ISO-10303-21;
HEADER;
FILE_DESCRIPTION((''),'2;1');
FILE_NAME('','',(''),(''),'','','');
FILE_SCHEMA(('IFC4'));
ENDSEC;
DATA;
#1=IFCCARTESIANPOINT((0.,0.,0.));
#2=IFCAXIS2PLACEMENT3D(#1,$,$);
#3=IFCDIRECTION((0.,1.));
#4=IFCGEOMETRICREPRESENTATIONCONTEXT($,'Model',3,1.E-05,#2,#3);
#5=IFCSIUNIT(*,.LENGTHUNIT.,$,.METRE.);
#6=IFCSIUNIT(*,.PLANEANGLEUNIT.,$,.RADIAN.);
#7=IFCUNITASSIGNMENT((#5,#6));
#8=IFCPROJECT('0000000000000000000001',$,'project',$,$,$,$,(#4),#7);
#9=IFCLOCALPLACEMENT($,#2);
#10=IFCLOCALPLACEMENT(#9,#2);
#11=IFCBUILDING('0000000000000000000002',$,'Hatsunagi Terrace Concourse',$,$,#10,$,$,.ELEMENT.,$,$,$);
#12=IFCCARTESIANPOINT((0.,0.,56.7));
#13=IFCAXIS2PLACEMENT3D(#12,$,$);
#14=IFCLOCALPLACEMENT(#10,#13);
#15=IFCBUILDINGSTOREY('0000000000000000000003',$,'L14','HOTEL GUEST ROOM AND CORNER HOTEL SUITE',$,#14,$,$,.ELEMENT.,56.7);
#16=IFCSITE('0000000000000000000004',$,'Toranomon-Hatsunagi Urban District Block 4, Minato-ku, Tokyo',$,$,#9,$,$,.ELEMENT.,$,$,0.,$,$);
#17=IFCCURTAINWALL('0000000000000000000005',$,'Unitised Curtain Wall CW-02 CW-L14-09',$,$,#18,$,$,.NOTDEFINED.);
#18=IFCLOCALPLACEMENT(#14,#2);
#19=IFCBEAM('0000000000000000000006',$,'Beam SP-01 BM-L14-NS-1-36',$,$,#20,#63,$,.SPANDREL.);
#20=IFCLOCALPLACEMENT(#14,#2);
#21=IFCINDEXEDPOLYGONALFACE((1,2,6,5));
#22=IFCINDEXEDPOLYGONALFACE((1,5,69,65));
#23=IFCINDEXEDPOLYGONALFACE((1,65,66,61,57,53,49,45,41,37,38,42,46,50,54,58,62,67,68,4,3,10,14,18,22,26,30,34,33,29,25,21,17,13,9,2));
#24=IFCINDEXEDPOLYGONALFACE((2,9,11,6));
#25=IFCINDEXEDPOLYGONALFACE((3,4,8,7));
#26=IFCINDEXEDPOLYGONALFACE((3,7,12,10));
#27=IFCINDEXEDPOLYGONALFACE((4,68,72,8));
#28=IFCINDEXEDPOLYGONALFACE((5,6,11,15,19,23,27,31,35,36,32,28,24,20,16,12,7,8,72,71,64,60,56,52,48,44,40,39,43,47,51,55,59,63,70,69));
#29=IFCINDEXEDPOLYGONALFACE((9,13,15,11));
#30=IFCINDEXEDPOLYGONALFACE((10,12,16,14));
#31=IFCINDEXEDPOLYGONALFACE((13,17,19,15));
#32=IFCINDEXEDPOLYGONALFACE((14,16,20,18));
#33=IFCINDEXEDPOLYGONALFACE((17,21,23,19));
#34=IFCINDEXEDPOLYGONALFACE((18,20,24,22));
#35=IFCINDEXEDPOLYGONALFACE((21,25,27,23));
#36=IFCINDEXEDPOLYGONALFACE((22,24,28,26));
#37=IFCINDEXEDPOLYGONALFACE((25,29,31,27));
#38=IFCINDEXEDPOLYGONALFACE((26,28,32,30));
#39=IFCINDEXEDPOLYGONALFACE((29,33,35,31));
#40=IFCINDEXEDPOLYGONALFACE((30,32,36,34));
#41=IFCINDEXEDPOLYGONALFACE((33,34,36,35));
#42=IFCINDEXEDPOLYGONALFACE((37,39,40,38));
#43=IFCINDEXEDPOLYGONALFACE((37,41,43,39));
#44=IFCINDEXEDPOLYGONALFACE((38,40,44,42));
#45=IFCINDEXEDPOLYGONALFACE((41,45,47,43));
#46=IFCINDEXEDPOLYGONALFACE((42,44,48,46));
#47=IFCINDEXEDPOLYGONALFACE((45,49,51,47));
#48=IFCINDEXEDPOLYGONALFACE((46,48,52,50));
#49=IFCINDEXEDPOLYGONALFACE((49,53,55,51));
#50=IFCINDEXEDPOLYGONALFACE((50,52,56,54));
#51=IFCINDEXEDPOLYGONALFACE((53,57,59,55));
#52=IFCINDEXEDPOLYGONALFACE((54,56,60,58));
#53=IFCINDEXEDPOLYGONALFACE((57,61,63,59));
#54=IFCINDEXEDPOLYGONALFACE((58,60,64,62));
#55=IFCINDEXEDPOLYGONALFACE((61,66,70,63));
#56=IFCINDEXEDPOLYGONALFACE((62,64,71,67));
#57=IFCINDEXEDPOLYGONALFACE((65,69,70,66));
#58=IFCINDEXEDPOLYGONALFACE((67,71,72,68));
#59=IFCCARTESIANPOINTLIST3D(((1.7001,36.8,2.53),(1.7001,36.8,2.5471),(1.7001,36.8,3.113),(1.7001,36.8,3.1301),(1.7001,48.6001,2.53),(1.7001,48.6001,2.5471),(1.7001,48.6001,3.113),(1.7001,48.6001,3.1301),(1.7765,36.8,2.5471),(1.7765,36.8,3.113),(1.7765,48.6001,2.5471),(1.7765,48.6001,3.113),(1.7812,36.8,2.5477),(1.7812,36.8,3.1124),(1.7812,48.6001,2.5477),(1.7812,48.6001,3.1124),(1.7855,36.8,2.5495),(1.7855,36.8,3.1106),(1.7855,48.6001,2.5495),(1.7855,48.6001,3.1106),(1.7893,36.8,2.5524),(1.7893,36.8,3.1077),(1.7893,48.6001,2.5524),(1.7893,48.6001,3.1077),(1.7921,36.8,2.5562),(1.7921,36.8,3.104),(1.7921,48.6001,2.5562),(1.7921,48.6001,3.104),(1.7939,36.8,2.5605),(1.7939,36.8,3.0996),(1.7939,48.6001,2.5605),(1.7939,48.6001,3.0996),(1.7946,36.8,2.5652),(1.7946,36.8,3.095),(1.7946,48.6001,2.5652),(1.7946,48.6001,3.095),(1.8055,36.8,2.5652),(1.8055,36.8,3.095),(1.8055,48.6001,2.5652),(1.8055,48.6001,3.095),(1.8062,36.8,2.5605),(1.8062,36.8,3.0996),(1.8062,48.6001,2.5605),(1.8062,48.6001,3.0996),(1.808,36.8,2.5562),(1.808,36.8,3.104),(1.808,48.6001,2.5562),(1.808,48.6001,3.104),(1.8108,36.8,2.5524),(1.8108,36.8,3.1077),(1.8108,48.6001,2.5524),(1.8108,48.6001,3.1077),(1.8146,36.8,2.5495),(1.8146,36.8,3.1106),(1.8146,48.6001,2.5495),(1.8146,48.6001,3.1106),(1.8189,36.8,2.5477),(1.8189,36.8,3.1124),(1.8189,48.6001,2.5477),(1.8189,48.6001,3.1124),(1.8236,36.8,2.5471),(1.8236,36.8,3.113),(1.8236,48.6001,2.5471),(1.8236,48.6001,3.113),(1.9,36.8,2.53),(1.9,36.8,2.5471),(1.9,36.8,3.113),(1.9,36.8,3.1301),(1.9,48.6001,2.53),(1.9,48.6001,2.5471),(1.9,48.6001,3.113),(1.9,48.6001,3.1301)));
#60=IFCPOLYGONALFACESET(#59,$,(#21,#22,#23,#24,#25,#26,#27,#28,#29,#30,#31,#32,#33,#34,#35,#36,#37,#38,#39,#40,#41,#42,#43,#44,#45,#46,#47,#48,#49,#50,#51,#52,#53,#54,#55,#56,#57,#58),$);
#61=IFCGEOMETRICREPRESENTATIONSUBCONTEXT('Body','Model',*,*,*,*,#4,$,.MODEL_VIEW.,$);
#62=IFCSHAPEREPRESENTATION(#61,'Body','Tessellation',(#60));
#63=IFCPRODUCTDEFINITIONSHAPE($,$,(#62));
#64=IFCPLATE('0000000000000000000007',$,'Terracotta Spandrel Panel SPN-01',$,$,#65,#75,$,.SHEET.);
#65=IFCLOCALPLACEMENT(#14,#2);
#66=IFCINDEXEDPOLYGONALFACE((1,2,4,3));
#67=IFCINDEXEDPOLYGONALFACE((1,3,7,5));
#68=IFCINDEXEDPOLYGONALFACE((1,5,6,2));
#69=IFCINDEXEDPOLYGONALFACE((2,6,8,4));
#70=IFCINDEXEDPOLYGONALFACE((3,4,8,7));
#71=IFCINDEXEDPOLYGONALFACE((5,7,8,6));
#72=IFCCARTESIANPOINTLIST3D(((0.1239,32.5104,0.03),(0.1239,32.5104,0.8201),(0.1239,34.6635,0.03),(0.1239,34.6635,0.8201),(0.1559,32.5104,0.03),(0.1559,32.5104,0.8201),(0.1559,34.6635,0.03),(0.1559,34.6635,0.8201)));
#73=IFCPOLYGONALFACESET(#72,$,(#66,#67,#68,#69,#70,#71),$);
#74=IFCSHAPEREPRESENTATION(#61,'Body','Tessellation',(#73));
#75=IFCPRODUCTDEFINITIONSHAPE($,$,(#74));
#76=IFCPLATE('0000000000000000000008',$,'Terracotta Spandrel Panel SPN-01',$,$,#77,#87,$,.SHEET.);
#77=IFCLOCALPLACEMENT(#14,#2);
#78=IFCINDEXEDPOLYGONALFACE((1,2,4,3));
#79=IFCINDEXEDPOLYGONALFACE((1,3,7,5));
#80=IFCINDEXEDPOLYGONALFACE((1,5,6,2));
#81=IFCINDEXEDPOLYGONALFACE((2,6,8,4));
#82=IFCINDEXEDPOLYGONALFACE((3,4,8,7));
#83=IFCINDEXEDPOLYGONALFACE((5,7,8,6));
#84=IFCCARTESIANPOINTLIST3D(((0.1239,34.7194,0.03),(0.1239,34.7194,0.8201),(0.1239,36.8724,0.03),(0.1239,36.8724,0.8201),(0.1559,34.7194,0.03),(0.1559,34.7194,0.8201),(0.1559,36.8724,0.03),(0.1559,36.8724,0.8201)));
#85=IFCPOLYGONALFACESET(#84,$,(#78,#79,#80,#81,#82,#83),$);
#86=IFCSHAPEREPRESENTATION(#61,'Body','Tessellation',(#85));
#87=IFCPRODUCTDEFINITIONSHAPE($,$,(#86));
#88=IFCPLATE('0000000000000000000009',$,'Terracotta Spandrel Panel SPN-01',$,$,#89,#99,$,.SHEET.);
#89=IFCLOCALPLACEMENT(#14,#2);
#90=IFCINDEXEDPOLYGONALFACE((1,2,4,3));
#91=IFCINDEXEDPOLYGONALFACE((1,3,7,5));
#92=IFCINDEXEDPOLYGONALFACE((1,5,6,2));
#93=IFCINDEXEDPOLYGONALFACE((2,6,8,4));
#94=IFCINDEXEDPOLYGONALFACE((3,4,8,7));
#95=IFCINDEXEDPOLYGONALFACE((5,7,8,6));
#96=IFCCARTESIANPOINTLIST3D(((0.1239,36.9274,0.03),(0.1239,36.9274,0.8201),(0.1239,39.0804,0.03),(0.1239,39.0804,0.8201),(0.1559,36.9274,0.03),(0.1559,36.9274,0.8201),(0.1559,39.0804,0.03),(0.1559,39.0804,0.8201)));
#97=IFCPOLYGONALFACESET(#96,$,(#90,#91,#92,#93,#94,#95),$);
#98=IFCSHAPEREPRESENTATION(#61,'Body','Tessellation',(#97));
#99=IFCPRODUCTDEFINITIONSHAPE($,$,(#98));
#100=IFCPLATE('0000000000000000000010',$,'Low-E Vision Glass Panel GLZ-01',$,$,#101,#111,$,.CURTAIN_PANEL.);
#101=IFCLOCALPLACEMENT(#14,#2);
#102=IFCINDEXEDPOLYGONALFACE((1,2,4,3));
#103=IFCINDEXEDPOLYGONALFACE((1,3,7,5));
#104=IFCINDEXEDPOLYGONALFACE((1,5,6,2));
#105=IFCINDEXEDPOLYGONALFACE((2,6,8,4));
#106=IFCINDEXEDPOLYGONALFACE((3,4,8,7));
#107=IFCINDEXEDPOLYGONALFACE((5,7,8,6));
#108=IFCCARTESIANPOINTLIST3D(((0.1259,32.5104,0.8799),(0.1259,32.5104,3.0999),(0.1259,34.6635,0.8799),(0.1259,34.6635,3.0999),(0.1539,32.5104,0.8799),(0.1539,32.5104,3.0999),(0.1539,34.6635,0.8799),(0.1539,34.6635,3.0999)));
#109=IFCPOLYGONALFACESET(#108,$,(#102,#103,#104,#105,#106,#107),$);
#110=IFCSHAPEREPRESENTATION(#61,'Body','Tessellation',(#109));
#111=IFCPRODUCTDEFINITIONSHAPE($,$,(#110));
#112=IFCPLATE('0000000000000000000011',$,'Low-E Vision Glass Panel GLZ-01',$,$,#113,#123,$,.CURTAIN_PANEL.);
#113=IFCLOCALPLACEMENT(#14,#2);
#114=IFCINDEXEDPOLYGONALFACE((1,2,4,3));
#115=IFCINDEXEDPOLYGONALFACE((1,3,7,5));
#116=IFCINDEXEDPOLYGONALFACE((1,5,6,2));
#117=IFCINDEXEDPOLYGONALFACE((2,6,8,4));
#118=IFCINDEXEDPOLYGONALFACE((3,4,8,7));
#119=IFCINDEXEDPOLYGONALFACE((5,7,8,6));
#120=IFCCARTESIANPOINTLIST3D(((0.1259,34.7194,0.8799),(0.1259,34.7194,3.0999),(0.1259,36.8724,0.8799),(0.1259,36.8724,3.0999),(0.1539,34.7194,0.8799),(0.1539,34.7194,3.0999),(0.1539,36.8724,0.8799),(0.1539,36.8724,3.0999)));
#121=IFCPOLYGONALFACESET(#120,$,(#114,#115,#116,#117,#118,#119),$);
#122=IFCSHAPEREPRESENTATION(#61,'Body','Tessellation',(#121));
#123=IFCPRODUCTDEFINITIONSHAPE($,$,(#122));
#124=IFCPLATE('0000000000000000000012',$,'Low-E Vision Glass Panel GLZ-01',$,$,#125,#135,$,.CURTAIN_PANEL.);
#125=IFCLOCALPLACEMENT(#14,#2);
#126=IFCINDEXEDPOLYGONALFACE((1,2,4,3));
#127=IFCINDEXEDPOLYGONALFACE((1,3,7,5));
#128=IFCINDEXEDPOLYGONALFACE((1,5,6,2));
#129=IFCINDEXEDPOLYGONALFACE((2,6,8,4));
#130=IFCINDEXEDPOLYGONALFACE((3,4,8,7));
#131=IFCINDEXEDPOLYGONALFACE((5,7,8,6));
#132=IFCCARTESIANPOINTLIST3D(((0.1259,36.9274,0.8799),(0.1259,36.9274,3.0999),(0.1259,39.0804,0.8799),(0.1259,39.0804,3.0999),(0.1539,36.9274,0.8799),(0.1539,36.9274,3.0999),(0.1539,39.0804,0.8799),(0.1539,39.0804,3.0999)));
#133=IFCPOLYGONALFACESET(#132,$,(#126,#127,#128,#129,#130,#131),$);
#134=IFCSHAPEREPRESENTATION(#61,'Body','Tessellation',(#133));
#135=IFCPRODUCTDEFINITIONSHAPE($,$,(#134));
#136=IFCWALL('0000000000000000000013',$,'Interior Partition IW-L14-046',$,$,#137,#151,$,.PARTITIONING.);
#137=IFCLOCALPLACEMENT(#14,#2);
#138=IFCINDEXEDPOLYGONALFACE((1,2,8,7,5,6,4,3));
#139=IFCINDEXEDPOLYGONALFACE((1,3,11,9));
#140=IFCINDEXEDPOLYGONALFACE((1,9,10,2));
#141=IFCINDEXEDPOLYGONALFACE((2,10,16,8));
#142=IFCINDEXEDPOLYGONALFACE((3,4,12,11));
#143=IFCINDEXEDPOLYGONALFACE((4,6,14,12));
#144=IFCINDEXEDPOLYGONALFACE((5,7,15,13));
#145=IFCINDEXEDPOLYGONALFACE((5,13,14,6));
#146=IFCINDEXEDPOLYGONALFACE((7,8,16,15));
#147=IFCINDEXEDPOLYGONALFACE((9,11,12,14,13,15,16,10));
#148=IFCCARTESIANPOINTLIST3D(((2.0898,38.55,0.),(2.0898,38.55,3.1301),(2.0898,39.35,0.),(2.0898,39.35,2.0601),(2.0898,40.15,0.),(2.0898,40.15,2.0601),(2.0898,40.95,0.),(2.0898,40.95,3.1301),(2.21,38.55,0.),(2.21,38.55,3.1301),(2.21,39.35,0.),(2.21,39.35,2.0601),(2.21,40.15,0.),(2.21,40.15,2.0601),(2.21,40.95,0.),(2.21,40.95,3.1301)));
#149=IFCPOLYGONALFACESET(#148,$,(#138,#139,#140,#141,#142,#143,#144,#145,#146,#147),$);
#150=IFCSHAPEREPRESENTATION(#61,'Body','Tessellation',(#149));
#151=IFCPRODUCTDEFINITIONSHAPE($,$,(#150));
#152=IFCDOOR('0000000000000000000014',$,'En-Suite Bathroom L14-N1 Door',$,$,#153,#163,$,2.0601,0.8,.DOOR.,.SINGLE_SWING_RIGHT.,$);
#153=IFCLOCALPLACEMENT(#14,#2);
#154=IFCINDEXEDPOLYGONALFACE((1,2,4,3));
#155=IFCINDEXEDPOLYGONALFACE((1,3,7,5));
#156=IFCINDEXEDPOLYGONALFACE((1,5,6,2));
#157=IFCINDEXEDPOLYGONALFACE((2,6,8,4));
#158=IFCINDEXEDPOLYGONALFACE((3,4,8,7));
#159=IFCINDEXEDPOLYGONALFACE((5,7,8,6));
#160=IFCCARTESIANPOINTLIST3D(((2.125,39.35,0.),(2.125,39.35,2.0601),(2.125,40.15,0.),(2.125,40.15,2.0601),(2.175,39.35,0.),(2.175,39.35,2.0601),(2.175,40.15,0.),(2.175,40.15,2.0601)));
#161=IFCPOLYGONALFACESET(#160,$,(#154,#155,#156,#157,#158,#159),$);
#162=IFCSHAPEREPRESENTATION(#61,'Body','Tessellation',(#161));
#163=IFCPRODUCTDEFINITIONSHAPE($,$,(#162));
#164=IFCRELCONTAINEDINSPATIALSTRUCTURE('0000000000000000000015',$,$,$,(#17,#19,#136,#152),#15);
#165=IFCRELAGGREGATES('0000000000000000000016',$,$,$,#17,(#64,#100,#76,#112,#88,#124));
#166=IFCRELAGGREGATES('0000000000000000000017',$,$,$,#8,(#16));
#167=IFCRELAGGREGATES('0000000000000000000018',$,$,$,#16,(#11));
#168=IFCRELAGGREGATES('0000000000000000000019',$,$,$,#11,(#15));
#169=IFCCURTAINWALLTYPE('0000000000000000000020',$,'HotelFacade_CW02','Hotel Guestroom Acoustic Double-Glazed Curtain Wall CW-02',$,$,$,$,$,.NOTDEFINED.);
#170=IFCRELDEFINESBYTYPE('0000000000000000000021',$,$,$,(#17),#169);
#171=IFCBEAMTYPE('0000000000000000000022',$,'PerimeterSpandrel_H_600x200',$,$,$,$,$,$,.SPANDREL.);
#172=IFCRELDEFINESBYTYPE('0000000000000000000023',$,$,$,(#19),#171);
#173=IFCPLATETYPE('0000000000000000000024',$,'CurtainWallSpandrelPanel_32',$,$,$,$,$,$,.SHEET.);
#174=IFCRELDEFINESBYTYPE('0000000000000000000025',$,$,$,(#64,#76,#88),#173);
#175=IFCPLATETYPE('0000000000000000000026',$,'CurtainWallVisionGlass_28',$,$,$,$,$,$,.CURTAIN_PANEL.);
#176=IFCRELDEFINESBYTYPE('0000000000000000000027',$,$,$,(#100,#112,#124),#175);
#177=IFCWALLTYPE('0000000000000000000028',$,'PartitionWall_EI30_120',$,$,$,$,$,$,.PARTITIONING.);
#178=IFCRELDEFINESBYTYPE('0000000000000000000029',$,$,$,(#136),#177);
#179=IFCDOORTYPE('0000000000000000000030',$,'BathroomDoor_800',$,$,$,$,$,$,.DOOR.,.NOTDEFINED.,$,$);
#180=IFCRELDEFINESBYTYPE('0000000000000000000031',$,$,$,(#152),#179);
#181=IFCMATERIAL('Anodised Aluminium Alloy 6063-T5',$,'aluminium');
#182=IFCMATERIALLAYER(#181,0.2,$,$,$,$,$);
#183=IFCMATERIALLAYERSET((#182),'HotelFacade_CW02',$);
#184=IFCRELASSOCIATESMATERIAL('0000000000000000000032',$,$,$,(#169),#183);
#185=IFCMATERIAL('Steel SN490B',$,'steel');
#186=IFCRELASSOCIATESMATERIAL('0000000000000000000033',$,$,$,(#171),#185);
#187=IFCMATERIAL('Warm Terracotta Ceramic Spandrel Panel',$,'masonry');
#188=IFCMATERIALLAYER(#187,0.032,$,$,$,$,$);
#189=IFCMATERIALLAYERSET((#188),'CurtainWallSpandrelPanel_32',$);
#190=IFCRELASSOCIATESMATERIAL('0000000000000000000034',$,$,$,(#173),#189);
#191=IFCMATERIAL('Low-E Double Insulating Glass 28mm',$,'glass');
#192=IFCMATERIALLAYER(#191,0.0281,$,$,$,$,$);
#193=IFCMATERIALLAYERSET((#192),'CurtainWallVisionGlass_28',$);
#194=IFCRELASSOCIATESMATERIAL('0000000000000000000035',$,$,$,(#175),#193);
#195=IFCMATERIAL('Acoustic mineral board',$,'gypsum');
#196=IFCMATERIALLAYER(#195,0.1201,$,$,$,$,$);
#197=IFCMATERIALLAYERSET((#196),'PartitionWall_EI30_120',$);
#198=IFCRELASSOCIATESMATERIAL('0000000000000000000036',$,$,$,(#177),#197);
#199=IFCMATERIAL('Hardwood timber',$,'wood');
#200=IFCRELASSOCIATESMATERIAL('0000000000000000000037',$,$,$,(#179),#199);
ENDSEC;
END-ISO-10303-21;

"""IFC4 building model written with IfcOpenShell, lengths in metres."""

from ifc_helpers import new_model, si_unit, direction, frame, frame_2d, origin, origin_2d, place, context, subcontext, project, spatial, rectangle, i_section, extrude, material, layer, layer_set, material_profile, profile_set, type_object, element, fill, aggregate, save


model = new_model("IFC4")

# Units and contexts
model_context = context("Model", 3, precision=1e-05, world=origin(), true_north=direction((0.0, 1.0)))
body_context = subcontext(model_context, "Body", "Model", "MODEL_VIEW")
ifc_project = project(units=[si_unit("LENGTHUNIT", "METRE"), si_unit("PLANEANGLEUNIT", "RADIAN")], contexts=[model_context])

# Site, building, storey
site_placement = place(None, origin())
site = spatial("IfcSite", under=ifc_project, at=site_placement, Name="Toranomon-Hatsunagi Urban District Block 4, Minato-ku, Tokyo", CompositionType="ELEMENT", RefElevation=0.0)
building_placement = place(site_placement, origin())
building = spatial("IfcBuilding", under=site, at=building_placement, Name="Hatsunagi Terrace Concourse", CompositionType="ELEMENT")
storey_placement = place(building_placement, frame((0.0, 0.0, 56.7)))
storey = spatial("IfcBuildingStorey", under=building, at=storey_placement, Name="L14", Description="HOTEL GUEST ROOM AND CORNER HOTEL SUITE", CompositionType="ELEMENT", Elevation=56.7)

# Curtain wall
ifc_material_1 = material(Name="Anodised Aluminium Alloy 6063-T5", Category="aluminium")
ifc_layer_1 = layer(ifc_material_1, 0.2)
ifc_layer_set_1 = layer_set([ifc_layer_1], Name="HotelFacade_CW02")
curtain_wall_type = type_object("IfcCurtainWallType", Name="HotelFacade_CW02", Description="Hotel Guestroom Acoustic Double-Glazed Curtain Wall CW-02", PredefinedType="NOTDEFINED", material=ifc_layer_set_1)
curtain_wall_placement = place(storey_placement, origin())
curtain_wall = element("IfcCurtainWall", 1, at=curtain_wall_placement, inside=storey, type_object=curtain_wall_type, Name="Unitised Curtain Wall CW-02 CW-L14-09", PredefinedType="NOTDEFINED")

# Beam
ifc_material_2 = material(Name="Steel SN490B", Category="steel")
ifc_material_profile_1 = material_profile(ifc_material_2, i_section(OverallWidth=0.2, OverallDepth=0.6001, WebThickness=0.011, FlangeThickness=0.0171, FilletRadius=0.0181, at=origin_2d()), Name="H-600x200x11x17")
ifc_profile_set_1 = profile_set([ifc_material_profile_1], Name="Steel SN490B")
beam_type_1 = type_object("IfcBeamType", Name="PerimeterSpandrel_H_600x200", PredefinedType="SPANDREL", material=ifc_profile_set_1)
beam_1_placement = place(storey_placement, frame((1.8, 36.8, 2.8301), z_axis=(0.0, 1.0, 0.0), x_axis=(-1.0, 0.0, 0.0)))
element("IfcBeam", 2, at=beam_1_placement, inside=storey, type_object=beam_type_1, Name="Beam SP-01 BM-L14-NS-1-36", PredefinedType="SPANDREL", context=body_context, shape_type="SweptSolid", body=[
    extrude(i_section(OverallWidth=0.2, OverallDepth=0.6001, WebThickness=0.011, FlangeThickness=0.0171, FilletRadius=0.0181, at=origin_2d()), origin(), (0.0, 0.0, 1.0), 11.8),
])

# Plates
ifc_material_3 = material(Name="Warm Terracotta Ceramic Spandrel Panel", Category="masonry")
ifc_layer_2 = layer(ifc_material_3, 0.032)
ifc_layer_set_2 = layer_set([ifc_layer_2], Name="CurtainWallSpandrelPanel_32")
plate_type_1 = type_object("IfcPlateType", Name="CurtainWallSpandrelPanel_32", PredefinedType="SHEET", material=ifc_layer_set_2)
plate_1_placement = place(storey_placement, frame((0.1399, 33.5869, 0.03), z_axis=(0.0, 0.0, 1.0), x_axis=(0.0, 1.0, 0.0)))
plate_1 = element("IfcPlate", 3, at=plate_1_placement, type_object=plate_type_1, Name="Terracotta Spandrel Panel SPN-01", PredefinedType="SHEET", context=body_context, shape_type="SweptSolid", body=[
    extrude(rectangle(XDim=2.1531, YDim=0.032, at=origin_2d()), origin(), (0.0, 0.0, 1.0), 0.79),
])
plate_2_placement = place(storey_placement, frame((0.1399, 35.7959, 0.03), z_axis=(0.0, 0.0, 1.0), x_axis=(0.0, 1.0, 0.0)))
plate_2 = element("IfcPlate", 4, at=plate_2_placement, type_object=plate_type_1, Name="Terracotta Spandrel Panel SPN-01", PredefinedType="SHEET", context=body_context, shape_type="SweptSolid", body=[
    extrude(rectangle(XDim=2.1531, YDim=0.032, at=origin_2d()), origin(), (0.0, 0.0, 1.0), 0.79),
])
plate_3_placement = place(storey_placement, frame((0.1399, 38.0039, 0.03), z_axis=(0.0, 0.0, 1.0), x_axis=(0.0, 1.0, 0.0)))
plate_3 = element("IfcPlate", 5, at=plate_3_placement, type_object=plate_type_1, Name="Terracotta Spandrel Panel SPN-01", PredefinedType="SHEET", context=body_context, shape_type="SweptSolid", body=[
    extrude(rectangle(XDim=2.1531, YDim=0.032, at=origin_2d()), origin(), (0.0, 0.0, 1.0), 0.79),
])
ifc_material_4 = material(Name="Low-E Double Insulating Glass 28mm", Category="glass")
ifc_layer_3 = layer(ifc_material_4, 0.0281)
ifc_layer_set_3 = layer_set([ifc_layer_3], Name="CurtainWallVisionGlass_28")
plate_type_2 = type_object("IfcPlateType", Name="CurtainWallVisionGlass_28", PredefinedType="CURTAIN_PANEL", material=ifc_layer_set_3)
plate_4_placement = place(storey_placement, frame((0.1399, 33.5869, 0.8799), z_axis=(0.0, 0.0, 1.0), x_axis=(0.0, 1.0, 0.0)))
plate_4 = element("IfcPlate", 6, at=plate_4_placement, type_object=plate_type_2, Name="Low-E Vision Glass Panel GLZ-01", PredefinedType="CURTAIN_PANEL", context=body_context, shape_type="SweptSolid", body=[
    extrude(rectangle(XDim=2.1531, YDim=0.0281, at=origin_2d()), origin(), (0.0, 0.0, 1.0), 2.22),
])
plate_5_placement = place(storey_placement, frame((0.1399, 35.7959, 0.8799), z_axis=(0.0, 0.0, 1.0), x_axis=(0.0, 1.0, 0.0)))
plate_5 = element("IfcPlate", 7, at=plate_5_placement, type_object=plate_type_2, Name="Low-E Vision Glass Panel GLZ-01", PredefinedType="CURTAIN_PANEL", context=body_context, shape_type="SweptSolid", body=[
    extrude(rectangle(XDim=2.1531, YDim=0.0281, at=origin_2d()), origin(), (0.0, 0.0, 1.0), 2.22),
])
plate_6_placement = place(storey_placement, frame((0.1399, 38.0039, 0.8799), z_axis=(0.0, 0.0, 1.0), x_axis=(0.0, 1.0, 0.0)))
plate_6 = element("IfcPlate", 8, at=plate_6_placement, type_object=plate_type_2, Name="Low-E Vision Glass Panel GLZ-01", PredefinedType="CURTAIN_PANEL", context=body_context, shape_type="SweptSolid", body=[
    extrude(rectangle(XDim=2.1531, YDim=0.0281, at=origin_2d()), origin(), (0.0, 0.0, 1.0), 2.22),
])
aggregate(curtain_wall, [plate_1, plate_4, plate_2, plate_5, plate_3, plate_6])

# Wall, opening, door
ifc_material_5 = material(Name="Acoustic mineral board", Category="gypsum")
ifc_layer_4 = layer(ifc_material_5, 0.1201)
ifc_layer_set_4 = layer_set([ifc_layer_4], Name="PartitionWall_EI30_120")
wall_type_1 = type_object("IfcWallType", Name="PartitionWall_EI30_120", PredefinedType="PARTITIONING", material=ifc_layer_set_4)
wall_1_placement = place(storey_placement, frame((2.1499, 38.55, 0.0), z_axis=(0.0, 0.0, 1.0), x_axis=(0.0, 1.0, 0.0)))
wall_1 = element("IfcWall", 9, at=wall_1_placement, inside=storey, type_object=wall_type_1, Name="Interior Partition IW-L14-046", PredefinedType="PARTITIONING", context=body_context, shape_type="SweptSolid", body=[
    extrude(rectangle(XDim=2.3999, YDim=0.1201, at=frame_2d((1.2, 0.0))), origin(), (0.0, 0.0, 1.0), 3.1301),
])
opening_1_placement = place(wall_1_placement, frame((0.8, 0.0, 0.0)))
opening_1 = element("IfcOpeningElement", 10, at=opening_1_placement, cuts=wall_1, PredefinedType="OPENING", context=body_context, shape_type="SweptSolid", body=[
    extrude(rectangle(XDim=0.8, YDim=2.0601, at=frame_2d((0.3999, 1.03))), frame((0.0, 0.0701, 0.0), z_axis=(0.0, -1.0, 0.0), x_axis=(1.0, 0.0, 0.0)), (0.0, 0.0, 1.0), 0.1401),
])
ifc_material_6 = material(Name="Hardwood timber", Category="wood")
door_type_1 = type_object("IfcDoorType", Name="BathroomDoor_800", OperationType="NOTDEFINED", PredefinedType="DOOR", material=ifc_material_6)
door_1_placement = place(opening_1_placement, origin())
door_1 = element("IfcDoor", 11, at=door_1_placement, inside=storey, type_object=door_type_1, Name="En-Suite Bathroom L14-N1 Door", OperationType="SINGLE_SWING_RIGHT", OverallHeight=2.0601, OverallWidth=0.8, PredefinedType="DOOR", context=body_context, shape_type="SweptSolid", body=[
    extrude(rectangle(XDim=0.8, YDim=2.0601, at=frame_2d((0.3999, 1.03))), frame((0.0, 0.0249, 0.0), z_axis=(0.0, -1.0, 0.0), x_axis=(1.0, 0.0, 0.0)), (0.0, 0.0, 1.0), 0.05),
])
fill(opening_1, door_1)

save(model, "model.ifc")
